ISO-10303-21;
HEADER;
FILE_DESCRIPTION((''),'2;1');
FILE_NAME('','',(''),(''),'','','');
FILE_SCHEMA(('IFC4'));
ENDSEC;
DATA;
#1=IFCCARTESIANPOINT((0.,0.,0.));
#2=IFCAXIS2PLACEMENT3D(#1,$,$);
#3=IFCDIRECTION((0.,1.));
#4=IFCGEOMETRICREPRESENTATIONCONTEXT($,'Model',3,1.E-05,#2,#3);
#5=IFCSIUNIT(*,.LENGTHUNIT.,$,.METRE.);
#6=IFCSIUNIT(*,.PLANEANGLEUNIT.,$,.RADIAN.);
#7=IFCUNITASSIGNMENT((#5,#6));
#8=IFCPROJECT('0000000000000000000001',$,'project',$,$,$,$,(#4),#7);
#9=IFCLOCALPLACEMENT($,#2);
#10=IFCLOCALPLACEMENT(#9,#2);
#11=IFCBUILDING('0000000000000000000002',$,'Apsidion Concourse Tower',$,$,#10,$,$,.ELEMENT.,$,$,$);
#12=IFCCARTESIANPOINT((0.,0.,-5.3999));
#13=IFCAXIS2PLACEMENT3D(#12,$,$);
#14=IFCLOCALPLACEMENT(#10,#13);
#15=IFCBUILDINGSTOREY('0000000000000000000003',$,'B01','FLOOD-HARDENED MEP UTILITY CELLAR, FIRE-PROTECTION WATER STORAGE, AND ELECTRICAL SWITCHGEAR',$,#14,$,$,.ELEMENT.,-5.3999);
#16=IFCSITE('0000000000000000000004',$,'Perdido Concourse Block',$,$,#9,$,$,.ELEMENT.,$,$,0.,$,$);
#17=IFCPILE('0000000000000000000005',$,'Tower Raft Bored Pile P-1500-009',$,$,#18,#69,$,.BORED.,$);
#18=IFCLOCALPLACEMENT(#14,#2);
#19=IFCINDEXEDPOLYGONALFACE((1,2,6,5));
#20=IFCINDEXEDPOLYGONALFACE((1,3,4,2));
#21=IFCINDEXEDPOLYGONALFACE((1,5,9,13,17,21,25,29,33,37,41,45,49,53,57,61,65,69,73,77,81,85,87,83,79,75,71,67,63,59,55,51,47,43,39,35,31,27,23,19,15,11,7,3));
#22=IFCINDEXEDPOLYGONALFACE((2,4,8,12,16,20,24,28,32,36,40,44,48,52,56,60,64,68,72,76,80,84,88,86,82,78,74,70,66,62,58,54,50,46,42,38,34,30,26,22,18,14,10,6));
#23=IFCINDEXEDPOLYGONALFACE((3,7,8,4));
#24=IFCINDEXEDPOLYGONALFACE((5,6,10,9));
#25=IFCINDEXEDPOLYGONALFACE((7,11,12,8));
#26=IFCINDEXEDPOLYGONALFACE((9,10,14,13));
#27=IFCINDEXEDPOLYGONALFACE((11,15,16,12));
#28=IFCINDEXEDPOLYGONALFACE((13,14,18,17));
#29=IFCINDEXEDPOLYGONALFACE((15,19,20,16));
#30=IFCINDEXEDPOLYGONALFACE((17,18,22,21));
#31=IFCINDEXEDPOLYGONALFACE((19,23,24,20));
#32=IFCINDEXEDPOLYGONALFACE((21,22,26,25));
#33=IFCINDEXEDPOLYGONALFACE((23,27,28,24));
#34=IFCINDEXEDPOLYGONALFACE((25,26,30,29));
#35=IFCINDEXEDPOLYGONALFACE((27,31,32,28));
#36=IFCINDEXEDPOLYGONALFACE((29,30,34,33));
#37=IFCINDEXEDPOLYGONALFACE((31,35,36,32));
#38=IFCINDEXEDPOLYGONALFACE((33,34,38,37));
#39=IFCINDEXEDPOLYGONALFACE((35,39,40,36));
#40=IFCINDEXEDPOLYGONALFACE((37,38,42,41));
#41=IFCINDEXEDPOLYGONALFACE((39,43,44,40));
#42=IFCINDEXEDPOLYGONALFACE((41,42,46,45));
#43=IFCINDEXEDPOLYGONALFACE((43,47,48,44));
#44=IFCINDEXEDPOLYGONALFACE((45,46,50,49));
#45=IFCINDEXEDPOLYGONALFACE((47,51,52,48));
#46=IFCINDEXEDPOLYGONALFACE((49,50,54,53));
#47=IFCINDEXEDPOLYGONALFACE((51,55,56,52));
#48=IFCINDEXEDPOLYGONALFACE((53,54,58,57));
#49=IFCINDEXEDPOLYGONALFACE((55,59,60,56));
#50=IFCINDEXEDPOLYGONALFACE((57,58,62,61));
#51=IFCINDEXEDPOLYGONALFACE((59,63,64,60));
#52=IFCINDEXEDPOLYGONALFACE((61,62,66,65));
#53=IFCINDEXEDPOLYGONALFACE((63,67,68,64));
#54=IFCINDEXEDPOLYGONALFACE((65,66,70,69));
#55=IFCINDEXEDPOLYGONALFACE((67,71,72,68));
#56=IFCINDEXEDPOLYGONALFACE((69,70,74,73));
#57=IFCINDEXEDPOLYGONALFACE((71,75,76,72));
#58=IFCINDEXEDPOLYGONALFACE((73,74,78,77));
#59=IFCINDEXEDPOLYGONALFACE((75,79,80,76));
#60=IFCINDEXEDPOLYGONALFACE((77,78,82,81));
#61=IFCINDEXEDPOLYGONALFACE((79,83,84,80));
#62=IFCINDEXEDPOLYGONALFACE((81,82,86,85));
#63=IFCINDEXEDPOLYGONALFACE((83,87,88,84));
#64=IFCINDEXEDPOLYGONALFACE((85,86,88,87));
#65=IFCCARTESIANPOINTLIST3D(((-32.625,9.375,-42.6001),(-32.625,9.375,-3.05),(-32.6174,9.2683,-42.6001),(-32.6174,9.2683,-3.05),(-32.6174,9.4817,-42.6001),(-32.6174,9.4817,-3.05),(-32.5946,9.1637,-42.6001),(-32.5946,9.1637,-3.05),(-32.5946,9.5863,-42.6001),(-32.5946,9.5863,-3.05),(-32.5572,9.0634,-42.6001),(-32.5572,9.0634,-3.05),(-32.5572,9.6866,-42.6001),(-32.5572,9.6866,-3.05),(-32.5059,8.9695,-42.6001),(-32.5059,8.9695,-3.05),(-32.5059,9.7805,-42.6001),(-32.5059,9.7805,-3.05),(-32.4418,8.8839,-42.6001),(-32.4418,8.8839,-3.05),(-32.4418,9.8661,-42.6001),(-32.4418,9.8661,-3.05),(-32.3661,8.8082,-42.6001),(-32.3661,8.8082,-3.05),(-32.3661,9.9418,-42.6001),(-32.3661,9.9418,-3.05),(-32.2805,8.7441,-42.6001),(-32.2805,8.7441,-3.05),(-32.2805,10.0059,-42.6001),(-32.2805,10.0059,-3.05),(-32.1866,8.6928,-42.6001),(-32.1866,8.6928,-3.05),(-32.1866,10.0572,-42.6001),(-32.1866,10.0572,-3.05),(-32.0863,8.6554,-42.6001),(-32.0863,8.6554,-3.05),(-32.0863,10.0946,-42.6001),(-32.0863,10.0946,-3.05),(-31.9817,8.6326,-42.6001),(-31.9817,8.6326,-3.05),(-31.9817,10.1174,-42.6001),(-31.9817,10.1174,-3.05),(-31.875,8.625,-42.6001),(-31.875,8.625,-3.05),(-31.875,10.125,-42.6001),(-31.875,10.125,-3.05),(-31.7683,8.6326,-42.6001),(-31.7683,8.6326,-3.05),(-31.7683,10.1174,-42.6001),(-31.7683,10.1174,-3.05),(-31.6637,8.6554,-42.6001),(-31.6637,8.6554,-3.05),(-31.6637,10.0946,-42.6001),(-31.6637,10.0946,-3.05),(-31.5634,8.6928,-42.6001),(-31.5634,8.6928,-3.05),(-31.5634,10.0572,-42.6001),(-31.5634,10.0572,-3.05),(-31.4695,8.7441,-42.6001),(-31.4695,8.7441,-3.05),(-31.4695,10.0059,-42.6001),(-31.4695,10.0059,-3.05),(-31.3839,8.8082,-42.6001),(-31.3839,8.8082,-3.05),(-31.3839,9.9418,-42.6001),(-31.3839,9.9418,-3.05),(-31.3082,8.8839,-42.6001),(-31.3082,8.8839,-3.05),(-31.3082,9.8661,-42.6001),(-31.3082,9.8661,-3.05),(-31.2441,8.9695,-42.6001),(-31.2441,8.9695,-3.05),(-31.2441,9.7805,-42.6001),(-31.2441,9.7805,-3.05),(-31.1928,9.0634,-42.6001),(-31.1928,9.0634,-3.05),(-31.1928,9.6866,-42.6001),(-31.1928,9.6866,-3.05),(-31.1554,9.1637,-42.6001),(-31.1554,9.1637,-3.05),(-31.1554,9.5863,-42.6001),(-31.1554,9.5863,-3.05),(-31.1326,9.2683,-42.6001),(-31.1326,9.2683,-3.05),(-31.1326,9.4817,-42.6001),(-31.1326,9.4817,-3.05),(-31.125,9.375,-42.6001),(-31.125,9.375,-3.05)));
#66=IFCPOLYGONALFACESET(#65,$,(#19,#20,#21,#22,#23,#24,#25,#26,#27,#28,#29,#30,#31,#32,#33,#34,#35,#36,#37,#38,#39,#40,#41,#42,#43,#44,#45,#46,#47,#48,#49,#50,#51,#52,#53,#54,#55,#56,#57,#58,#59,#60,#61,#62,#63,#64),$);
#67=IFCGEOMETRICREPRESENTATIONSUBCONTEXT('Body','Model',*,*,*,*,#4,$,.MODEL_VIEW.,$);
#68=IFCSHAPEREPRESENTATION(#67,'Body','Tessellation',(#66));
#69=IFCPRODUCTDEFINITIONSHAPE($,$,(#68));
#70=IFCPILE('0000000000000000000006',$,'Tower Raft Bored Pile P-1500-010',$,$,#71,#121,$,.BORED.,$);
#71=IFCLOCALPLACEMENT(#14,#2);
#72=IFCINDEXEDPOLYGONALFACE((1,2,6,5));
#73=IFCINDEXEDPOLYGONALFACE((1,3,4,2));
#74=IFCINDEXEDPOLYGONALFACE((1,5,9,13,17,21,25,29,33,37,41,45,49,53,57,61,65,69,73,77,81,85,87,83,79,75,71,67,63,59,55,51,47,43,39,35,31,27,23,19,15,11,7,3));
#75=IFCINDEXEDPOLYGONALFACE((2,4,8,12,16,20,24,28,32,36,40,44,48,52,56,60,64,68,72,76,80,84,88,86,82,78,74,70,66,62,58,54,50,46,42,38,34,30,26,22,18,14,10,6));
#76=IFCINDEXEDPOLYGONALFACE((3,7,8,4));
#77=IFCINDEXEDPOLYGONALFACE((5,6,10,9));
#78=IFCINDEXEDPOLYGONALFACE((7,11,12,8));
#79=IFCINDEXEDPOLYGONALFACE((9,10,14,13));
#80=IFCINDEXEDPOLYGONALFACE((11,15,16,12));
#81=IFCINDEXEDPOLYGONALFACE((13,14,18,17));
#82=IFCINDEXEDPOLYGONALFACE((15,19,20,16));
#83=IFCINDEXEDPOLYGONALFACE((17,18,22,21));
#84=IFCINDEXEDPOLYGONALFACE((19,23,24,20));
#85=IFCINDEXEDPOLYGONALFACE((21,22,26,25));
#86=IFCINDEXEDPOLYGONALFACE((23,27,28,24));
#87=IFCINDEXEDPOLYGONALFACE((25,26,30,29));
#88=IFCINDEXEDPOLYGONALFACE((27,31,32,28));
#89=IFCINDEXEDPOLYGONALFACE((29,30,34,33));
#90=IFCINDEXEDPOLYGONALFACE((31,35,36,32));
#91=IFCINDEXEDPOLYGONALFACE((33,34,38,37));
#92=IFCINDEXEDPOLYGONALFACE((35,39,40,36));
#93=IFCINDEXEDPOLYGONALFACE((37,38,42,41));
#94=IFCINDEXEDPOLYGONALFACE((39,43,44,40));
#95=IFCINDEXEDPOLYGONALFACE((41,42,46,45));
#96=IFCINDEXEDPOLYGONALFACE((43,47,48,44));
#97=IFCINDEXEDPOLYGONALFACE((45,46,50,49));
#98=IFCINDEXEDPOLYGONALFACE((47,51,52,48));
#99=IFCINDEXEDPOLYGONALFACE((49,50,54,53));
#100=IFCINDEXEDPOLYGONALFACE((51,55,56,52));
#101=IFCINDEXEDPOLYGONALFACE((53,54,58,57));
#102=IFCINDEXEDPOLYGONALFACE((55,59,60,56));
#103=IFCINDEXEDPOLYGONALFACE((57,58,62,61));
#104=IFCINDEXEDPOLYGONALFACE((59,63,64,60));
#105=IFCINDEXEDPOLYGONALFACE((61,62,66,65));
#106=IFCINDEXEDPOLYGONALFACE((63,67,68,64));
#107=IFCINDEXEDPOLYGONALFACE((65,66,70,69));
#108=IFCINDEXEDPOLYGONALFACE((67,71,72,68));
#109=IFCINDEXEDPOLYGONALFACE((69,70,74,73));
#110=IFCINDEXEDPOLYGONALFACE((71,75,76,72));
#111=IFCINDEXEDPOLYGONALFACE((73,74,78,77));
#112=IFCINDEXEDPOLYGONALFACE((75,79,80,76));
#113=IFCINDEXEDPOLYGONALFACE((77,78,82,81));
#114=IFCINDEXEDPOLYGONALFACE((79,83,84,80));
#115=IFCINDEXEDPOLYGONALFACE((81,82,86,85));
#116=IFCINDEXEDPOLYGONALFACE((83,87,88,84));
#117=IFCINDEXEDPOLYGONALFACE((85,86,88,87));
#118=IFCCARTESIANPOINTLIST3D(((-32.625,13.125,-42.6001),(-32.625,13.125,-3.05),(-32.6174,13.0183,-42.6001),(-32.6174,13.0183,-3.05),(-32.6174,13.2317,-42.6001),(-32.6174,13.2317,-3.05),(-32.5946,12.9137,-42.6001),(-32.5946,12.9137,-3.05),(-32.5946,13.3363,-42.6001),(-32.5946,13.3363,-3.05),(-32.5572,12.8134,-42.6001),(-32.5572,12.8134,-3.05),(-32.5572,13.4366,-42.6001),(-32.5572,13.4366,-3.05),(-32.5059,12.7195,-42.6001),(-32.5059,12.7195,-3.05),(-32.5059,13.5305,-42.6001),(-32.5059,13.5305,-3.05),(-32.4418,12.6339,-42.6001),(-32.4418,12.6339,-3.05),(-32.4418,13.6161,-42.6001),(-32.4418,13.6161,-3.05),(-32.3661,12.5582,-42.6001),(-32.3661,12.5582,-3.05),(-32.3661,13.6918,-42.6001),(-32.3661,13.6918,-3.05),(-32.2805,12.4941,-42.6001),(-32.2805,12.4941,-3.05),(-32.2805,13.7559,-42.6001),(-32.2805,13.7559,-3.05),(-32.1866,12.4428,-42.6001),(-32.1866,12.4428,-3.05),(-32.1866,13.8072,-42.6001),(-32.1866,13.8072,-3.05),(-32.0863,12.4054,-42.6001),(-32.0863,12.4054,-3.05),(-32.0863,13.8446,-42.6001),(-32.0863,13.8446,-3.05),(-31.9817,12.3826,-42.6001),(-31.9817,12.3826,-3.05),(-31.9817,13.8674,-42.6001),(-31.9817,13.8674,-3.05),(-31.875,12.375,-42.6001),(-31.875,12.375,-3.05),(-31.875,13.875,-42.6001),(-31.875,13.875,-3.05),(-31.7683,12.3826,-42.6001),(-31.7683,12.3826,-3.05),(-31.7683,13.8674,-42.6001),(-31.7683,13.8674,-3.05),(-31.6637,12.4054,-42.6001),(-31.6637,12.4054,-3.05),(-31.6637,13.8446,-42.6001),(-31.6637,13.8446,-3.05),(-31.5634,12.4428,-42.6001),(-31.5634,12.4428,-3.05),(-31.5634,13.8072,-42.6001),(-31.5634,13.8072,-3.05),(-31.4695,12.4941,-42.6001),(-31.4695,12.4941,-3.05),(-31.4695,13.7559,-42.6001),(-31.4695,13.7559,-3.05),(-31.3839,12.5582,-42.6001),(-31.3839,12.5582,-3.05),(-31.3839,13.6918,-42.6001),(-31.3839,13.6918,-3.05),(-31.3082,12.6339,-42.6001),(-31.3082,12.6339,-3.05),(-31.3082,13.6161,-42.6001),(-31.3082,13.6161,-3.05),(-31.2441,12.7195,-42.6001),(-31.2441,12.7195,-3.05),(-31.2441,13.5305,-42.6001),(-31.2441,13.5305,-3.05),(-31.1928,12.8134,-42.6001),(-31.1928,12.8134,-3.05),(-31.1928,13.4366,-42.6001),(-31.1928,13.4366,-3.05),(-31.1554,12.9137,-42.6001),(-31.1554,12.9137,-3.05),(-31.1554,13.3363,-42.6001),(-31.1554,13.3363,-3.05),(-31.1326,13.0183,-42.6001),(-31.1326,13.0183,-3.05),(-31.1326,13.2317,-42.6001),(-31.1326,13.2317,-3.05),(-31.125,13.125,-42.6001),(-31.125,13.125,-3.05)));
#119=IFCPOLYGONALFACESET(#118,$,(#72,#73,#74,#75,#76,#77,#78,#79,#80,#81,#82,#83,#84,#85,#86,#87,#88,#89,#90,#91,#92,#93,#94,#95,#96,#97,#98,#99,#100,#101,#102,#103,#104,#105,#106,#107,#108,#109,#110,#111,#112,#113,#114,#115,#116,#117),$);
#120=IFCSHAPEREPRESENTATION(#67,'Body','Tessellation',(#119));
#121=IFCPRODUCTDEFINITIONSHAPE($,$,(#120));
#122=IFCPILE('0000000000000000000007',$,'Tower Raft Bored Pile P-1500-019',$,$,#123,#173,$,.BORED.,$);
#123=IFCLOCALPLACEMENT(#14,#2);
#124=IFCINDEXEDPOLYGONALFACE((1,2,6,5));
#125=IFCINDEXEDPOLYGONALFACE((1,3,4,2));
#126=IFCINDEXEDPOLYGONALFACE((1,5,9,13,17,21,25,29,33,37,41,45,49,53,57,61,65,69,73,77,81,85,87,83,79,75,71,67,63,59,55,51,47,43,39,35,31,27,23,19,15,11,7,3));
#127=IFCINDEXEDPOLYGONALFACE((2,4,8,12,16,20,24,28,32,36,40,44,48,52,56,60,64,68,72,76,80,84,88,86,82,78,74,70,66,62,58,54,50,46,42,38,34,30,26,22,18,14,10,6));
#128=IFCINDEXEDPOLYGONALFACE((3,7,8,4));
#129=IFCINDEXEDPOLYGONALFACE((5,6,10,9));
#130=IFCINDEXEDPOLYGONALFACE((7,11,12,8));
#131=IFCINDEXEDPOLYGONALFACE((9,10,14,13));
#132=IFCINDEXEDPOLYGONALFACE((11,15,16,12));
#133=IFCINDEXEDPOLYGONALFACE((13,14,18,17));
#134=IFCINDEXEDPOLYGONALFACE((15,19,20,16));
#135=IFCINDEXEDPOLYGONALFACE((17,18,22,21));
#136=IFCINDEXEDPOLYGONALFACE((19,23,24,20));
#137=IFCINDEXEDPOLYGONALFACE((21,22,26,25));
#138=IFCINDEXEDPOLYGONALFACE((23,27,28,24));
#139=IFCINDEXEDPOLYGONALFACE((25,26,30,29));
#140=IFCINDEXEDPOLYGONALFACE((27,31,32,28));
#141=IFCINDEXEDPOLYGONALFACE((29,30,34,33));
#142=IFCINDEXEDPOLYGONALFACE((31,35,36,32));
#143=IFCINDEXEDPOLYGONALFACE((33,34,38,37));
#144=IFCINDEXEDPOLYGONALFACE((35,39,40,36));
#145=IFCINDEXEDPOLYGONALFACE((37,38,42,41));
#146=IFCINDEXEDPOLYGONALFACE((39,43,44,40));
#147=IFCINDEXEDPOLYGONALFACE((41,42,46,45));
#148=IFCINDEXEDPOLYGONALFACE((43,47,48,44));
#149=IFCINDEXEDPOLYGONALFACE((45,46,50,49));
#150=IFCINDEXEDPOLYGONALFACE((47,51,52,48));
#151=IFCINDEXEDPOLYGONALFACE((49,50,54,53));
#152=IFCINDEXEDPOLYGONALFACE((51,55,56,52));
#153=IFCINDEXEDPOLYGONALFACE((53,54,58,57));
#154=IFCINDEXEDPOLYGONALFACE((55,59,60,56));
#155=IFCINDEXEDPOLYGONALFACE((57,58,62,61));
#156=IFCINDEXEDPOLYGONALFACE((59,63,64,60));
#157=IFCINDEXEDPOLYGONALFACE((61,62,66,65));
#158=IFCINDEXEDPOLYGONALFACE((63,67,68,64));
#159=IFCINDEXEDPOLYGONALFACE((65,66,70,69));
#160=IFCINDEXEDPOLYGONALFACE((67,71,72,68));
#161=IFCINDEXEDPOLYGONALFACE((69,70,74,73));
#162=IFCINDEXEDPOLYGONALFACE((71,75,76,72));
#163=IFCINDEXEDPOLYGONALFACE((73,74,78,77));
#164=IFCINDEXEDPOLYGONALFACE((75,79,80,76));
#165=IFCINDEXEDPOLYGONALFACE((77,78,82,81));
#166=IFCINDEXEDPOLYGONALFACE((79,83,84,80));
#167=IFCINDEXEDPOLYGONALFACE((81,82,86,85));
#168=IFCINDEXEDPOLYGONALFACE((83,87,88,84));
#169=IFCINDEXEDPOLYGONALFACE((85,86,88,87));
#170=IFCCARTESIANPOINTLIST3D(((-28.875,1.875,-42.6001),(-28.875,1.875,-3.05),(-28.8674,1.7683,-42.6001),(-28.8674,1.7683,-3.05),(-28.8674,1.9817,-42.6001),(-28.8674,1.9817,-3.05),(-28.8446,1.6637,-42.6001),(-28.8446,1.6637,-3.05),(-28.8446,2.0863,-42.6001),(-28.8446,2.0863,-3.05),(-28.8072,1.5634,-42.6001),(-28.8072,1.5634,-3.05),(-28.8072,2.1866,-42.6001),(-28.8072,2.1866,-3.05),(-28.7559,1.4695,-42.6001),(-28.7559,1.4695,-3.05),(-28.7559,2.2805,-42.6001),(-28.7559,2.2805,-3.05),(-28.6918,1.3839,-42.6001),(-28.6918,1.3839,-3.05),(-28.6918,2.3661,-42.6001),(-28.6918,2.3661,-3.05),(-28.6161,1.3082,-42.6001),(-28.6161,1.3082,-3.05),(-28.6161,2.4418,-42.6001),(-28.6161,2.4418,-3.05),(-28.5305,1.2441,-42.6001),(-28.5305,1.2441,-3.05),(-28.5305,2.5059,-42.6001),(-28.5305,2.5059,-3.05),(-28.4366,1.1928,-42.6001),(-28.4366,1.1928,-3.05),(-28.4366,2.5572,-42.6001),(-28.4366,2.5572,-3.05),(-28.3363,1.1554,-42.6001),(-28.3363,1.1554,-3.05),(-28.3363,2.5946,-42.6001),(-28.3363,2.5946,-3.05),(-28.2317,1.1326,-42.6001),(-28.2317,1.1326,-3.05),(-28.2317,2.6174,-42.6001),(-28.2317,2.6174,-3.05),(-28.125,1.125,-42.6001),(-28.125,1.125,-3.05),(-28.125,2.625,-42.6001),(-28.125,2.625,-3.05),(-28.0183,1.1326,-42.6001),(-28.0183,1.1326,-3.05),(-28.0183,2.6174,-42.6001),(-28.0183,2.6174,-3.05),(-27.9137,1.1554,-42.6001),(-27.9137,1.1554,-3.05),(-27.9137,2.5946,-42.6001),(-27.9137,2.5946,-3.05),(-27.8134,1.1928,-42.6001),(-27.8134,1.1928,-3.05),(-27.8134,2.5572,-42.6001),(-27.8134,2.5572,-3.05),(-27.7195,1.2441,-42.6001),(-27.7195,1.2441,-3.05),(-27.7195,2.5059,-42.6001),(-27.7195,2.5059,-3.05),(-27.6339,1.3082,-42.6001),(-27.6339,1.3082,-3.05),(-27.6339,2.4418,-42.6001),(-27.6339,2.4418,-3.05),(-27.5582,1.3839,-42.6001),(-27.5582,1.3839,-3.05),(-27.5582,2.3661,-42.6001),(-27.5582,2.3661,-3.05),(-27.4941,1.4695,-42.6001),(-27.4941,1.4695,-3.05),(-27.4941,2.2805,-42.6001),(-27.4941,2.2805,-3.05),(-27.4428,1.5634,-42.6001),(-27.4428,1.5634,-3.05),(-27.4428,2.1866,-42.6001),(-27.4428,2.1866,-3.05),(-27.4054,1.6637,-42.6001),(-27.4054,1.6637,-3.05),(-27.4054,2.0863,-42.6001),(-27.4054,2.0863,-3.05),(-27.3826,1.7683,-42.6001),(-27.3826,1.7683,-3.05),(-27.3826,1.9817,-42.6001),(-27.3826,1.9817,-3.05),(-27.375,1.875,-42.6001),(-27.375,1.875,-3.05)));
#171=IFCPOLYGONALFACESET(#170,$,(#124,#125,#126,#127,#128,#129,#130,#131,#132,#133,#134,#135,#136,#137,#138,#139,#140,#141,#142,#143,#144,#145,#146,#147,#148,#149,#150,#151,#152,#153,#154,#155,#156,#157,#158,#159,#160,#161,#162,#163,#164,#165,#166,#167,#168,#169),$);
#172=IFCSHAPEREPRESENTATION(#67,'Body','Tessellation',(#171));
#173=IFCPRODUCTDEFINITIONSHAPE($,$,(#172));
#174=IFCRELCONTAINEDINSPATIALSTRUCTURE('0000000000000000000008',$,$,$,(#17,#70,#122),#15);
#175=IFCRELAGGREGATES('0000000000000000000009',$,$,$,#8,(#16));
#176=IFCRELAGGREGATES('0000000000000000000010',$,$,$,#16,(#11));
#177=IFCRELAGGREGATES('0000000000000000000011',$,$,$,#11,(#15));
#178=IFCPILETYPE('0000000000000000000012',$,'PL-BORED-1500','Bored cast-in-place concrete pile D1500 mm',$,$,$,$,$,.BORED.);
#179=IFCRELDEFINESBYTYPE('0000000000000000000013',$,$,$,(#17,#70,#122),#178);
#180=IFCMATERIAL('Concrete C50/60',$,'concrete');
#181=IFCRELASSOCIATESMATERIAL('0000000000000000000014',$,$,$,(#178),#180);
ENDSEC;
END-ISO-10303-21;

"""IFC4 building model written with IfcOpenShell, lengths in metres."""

from ifc_helpers import new_model, si_unit, direction, frame, origin, origin_2d, place, context, subcontext, project, spatial, circle, extrude, material, material_profile, profile_set, type_object, element, save


model = new_model("IFC4")

# Units and contexts
model_context = context("Model", 3, precision=1e-05, world=origin(), true_north=direction((0.0, 1.0)))
body_context = subcontext(model_context, "Body", "Model", "MODEL_VIEW")
ifc_project = project(units=[si_unit("LENGTHUNIT", "METRE"), si_unit("PLANEANGLEUNIT", "RADIAN")], contexts=[model_context])

# Site, building, storey
site_placement = place(None, origin())
site = spatial("IfcSite", under=ifc_project, at=site_placement, Name="Perdido Concourse Block", CompositionType="ELEMENT", RefElevation=0.0)
building_placement = place(site_placement, origin())
building = spatial("IfcBuilding", under=site, at=building_placement, Name="Apsidion Concourse Tower", CompositionType="ELEMENT")
storey_placement = place(building_placement, frame((0.0, 0.0, -5.3999)))
storey = spatial("IfcBuildingStorey", under=building, at=storey_placement, Name="B01", Description="FLOOD-HARDENED MEP UTILITY CELLAR, FIRE-PROTECTION WATER STORAGE, AND ELECTRICAL SWITCHGEAR", CompositionType="ELEMENT", Elevation=-5.3999)

# Shared definitions
ifc_material_1 = material(Name="Concrete C50/60", Category="concrete")

# Piles
ifc_material_profile_1 = material_profile(ifc_material_1, circle(Radius=0.75, at=origin_2d()), Name="BORED PILE D1500")
ifc_profile_set_1 = profile_set([ifc_material_profile_1], Name="Concrete C50/60")
pile_type_1 = type_object("IfcPileType", Name="PL-BORED-1500", Description="Bored cast-in-place concrete pile D1500 mm", PredefinedType="BORED", material=ifc_profile_set_1)
for number, where, z_axis, x_axis, name in (
    (1, (-31.875, 9.375, -3.05), (0.0, 0.0, -1.0), (1.0, 0.0, 0.0), "Tower Raft Bored Pile P-1500-009"),
    (2, (-31.875, 13.125, -3.05), (0.0, 0.0, -1.0), (1.0, 0.0, 0.0), "Tower Raft Bored Pile P-1500-010"),
    (3, (-28.125, 1.875, -3.05), (0.0, 0.0, -1.0), (1.0, 0.0, 0.0), "Tower Raft Bored Pile P-1500-019"),
):
    element("IfcPile", number, at=place(storey_placement, frame(where, z_axis=z_axis, x_axis=x_axis)), inside=storey, type_object=pile_type_1, Name=name, PredefinedType="BORED", context=body_context, shape_type="SweptSolid", body=[
        extrude(circle(Radius=0.75, at=origin_2d()), origin(), (0.0, 0.0, 1.0), 39.55),
    ])

save(model, "model.ifc")
